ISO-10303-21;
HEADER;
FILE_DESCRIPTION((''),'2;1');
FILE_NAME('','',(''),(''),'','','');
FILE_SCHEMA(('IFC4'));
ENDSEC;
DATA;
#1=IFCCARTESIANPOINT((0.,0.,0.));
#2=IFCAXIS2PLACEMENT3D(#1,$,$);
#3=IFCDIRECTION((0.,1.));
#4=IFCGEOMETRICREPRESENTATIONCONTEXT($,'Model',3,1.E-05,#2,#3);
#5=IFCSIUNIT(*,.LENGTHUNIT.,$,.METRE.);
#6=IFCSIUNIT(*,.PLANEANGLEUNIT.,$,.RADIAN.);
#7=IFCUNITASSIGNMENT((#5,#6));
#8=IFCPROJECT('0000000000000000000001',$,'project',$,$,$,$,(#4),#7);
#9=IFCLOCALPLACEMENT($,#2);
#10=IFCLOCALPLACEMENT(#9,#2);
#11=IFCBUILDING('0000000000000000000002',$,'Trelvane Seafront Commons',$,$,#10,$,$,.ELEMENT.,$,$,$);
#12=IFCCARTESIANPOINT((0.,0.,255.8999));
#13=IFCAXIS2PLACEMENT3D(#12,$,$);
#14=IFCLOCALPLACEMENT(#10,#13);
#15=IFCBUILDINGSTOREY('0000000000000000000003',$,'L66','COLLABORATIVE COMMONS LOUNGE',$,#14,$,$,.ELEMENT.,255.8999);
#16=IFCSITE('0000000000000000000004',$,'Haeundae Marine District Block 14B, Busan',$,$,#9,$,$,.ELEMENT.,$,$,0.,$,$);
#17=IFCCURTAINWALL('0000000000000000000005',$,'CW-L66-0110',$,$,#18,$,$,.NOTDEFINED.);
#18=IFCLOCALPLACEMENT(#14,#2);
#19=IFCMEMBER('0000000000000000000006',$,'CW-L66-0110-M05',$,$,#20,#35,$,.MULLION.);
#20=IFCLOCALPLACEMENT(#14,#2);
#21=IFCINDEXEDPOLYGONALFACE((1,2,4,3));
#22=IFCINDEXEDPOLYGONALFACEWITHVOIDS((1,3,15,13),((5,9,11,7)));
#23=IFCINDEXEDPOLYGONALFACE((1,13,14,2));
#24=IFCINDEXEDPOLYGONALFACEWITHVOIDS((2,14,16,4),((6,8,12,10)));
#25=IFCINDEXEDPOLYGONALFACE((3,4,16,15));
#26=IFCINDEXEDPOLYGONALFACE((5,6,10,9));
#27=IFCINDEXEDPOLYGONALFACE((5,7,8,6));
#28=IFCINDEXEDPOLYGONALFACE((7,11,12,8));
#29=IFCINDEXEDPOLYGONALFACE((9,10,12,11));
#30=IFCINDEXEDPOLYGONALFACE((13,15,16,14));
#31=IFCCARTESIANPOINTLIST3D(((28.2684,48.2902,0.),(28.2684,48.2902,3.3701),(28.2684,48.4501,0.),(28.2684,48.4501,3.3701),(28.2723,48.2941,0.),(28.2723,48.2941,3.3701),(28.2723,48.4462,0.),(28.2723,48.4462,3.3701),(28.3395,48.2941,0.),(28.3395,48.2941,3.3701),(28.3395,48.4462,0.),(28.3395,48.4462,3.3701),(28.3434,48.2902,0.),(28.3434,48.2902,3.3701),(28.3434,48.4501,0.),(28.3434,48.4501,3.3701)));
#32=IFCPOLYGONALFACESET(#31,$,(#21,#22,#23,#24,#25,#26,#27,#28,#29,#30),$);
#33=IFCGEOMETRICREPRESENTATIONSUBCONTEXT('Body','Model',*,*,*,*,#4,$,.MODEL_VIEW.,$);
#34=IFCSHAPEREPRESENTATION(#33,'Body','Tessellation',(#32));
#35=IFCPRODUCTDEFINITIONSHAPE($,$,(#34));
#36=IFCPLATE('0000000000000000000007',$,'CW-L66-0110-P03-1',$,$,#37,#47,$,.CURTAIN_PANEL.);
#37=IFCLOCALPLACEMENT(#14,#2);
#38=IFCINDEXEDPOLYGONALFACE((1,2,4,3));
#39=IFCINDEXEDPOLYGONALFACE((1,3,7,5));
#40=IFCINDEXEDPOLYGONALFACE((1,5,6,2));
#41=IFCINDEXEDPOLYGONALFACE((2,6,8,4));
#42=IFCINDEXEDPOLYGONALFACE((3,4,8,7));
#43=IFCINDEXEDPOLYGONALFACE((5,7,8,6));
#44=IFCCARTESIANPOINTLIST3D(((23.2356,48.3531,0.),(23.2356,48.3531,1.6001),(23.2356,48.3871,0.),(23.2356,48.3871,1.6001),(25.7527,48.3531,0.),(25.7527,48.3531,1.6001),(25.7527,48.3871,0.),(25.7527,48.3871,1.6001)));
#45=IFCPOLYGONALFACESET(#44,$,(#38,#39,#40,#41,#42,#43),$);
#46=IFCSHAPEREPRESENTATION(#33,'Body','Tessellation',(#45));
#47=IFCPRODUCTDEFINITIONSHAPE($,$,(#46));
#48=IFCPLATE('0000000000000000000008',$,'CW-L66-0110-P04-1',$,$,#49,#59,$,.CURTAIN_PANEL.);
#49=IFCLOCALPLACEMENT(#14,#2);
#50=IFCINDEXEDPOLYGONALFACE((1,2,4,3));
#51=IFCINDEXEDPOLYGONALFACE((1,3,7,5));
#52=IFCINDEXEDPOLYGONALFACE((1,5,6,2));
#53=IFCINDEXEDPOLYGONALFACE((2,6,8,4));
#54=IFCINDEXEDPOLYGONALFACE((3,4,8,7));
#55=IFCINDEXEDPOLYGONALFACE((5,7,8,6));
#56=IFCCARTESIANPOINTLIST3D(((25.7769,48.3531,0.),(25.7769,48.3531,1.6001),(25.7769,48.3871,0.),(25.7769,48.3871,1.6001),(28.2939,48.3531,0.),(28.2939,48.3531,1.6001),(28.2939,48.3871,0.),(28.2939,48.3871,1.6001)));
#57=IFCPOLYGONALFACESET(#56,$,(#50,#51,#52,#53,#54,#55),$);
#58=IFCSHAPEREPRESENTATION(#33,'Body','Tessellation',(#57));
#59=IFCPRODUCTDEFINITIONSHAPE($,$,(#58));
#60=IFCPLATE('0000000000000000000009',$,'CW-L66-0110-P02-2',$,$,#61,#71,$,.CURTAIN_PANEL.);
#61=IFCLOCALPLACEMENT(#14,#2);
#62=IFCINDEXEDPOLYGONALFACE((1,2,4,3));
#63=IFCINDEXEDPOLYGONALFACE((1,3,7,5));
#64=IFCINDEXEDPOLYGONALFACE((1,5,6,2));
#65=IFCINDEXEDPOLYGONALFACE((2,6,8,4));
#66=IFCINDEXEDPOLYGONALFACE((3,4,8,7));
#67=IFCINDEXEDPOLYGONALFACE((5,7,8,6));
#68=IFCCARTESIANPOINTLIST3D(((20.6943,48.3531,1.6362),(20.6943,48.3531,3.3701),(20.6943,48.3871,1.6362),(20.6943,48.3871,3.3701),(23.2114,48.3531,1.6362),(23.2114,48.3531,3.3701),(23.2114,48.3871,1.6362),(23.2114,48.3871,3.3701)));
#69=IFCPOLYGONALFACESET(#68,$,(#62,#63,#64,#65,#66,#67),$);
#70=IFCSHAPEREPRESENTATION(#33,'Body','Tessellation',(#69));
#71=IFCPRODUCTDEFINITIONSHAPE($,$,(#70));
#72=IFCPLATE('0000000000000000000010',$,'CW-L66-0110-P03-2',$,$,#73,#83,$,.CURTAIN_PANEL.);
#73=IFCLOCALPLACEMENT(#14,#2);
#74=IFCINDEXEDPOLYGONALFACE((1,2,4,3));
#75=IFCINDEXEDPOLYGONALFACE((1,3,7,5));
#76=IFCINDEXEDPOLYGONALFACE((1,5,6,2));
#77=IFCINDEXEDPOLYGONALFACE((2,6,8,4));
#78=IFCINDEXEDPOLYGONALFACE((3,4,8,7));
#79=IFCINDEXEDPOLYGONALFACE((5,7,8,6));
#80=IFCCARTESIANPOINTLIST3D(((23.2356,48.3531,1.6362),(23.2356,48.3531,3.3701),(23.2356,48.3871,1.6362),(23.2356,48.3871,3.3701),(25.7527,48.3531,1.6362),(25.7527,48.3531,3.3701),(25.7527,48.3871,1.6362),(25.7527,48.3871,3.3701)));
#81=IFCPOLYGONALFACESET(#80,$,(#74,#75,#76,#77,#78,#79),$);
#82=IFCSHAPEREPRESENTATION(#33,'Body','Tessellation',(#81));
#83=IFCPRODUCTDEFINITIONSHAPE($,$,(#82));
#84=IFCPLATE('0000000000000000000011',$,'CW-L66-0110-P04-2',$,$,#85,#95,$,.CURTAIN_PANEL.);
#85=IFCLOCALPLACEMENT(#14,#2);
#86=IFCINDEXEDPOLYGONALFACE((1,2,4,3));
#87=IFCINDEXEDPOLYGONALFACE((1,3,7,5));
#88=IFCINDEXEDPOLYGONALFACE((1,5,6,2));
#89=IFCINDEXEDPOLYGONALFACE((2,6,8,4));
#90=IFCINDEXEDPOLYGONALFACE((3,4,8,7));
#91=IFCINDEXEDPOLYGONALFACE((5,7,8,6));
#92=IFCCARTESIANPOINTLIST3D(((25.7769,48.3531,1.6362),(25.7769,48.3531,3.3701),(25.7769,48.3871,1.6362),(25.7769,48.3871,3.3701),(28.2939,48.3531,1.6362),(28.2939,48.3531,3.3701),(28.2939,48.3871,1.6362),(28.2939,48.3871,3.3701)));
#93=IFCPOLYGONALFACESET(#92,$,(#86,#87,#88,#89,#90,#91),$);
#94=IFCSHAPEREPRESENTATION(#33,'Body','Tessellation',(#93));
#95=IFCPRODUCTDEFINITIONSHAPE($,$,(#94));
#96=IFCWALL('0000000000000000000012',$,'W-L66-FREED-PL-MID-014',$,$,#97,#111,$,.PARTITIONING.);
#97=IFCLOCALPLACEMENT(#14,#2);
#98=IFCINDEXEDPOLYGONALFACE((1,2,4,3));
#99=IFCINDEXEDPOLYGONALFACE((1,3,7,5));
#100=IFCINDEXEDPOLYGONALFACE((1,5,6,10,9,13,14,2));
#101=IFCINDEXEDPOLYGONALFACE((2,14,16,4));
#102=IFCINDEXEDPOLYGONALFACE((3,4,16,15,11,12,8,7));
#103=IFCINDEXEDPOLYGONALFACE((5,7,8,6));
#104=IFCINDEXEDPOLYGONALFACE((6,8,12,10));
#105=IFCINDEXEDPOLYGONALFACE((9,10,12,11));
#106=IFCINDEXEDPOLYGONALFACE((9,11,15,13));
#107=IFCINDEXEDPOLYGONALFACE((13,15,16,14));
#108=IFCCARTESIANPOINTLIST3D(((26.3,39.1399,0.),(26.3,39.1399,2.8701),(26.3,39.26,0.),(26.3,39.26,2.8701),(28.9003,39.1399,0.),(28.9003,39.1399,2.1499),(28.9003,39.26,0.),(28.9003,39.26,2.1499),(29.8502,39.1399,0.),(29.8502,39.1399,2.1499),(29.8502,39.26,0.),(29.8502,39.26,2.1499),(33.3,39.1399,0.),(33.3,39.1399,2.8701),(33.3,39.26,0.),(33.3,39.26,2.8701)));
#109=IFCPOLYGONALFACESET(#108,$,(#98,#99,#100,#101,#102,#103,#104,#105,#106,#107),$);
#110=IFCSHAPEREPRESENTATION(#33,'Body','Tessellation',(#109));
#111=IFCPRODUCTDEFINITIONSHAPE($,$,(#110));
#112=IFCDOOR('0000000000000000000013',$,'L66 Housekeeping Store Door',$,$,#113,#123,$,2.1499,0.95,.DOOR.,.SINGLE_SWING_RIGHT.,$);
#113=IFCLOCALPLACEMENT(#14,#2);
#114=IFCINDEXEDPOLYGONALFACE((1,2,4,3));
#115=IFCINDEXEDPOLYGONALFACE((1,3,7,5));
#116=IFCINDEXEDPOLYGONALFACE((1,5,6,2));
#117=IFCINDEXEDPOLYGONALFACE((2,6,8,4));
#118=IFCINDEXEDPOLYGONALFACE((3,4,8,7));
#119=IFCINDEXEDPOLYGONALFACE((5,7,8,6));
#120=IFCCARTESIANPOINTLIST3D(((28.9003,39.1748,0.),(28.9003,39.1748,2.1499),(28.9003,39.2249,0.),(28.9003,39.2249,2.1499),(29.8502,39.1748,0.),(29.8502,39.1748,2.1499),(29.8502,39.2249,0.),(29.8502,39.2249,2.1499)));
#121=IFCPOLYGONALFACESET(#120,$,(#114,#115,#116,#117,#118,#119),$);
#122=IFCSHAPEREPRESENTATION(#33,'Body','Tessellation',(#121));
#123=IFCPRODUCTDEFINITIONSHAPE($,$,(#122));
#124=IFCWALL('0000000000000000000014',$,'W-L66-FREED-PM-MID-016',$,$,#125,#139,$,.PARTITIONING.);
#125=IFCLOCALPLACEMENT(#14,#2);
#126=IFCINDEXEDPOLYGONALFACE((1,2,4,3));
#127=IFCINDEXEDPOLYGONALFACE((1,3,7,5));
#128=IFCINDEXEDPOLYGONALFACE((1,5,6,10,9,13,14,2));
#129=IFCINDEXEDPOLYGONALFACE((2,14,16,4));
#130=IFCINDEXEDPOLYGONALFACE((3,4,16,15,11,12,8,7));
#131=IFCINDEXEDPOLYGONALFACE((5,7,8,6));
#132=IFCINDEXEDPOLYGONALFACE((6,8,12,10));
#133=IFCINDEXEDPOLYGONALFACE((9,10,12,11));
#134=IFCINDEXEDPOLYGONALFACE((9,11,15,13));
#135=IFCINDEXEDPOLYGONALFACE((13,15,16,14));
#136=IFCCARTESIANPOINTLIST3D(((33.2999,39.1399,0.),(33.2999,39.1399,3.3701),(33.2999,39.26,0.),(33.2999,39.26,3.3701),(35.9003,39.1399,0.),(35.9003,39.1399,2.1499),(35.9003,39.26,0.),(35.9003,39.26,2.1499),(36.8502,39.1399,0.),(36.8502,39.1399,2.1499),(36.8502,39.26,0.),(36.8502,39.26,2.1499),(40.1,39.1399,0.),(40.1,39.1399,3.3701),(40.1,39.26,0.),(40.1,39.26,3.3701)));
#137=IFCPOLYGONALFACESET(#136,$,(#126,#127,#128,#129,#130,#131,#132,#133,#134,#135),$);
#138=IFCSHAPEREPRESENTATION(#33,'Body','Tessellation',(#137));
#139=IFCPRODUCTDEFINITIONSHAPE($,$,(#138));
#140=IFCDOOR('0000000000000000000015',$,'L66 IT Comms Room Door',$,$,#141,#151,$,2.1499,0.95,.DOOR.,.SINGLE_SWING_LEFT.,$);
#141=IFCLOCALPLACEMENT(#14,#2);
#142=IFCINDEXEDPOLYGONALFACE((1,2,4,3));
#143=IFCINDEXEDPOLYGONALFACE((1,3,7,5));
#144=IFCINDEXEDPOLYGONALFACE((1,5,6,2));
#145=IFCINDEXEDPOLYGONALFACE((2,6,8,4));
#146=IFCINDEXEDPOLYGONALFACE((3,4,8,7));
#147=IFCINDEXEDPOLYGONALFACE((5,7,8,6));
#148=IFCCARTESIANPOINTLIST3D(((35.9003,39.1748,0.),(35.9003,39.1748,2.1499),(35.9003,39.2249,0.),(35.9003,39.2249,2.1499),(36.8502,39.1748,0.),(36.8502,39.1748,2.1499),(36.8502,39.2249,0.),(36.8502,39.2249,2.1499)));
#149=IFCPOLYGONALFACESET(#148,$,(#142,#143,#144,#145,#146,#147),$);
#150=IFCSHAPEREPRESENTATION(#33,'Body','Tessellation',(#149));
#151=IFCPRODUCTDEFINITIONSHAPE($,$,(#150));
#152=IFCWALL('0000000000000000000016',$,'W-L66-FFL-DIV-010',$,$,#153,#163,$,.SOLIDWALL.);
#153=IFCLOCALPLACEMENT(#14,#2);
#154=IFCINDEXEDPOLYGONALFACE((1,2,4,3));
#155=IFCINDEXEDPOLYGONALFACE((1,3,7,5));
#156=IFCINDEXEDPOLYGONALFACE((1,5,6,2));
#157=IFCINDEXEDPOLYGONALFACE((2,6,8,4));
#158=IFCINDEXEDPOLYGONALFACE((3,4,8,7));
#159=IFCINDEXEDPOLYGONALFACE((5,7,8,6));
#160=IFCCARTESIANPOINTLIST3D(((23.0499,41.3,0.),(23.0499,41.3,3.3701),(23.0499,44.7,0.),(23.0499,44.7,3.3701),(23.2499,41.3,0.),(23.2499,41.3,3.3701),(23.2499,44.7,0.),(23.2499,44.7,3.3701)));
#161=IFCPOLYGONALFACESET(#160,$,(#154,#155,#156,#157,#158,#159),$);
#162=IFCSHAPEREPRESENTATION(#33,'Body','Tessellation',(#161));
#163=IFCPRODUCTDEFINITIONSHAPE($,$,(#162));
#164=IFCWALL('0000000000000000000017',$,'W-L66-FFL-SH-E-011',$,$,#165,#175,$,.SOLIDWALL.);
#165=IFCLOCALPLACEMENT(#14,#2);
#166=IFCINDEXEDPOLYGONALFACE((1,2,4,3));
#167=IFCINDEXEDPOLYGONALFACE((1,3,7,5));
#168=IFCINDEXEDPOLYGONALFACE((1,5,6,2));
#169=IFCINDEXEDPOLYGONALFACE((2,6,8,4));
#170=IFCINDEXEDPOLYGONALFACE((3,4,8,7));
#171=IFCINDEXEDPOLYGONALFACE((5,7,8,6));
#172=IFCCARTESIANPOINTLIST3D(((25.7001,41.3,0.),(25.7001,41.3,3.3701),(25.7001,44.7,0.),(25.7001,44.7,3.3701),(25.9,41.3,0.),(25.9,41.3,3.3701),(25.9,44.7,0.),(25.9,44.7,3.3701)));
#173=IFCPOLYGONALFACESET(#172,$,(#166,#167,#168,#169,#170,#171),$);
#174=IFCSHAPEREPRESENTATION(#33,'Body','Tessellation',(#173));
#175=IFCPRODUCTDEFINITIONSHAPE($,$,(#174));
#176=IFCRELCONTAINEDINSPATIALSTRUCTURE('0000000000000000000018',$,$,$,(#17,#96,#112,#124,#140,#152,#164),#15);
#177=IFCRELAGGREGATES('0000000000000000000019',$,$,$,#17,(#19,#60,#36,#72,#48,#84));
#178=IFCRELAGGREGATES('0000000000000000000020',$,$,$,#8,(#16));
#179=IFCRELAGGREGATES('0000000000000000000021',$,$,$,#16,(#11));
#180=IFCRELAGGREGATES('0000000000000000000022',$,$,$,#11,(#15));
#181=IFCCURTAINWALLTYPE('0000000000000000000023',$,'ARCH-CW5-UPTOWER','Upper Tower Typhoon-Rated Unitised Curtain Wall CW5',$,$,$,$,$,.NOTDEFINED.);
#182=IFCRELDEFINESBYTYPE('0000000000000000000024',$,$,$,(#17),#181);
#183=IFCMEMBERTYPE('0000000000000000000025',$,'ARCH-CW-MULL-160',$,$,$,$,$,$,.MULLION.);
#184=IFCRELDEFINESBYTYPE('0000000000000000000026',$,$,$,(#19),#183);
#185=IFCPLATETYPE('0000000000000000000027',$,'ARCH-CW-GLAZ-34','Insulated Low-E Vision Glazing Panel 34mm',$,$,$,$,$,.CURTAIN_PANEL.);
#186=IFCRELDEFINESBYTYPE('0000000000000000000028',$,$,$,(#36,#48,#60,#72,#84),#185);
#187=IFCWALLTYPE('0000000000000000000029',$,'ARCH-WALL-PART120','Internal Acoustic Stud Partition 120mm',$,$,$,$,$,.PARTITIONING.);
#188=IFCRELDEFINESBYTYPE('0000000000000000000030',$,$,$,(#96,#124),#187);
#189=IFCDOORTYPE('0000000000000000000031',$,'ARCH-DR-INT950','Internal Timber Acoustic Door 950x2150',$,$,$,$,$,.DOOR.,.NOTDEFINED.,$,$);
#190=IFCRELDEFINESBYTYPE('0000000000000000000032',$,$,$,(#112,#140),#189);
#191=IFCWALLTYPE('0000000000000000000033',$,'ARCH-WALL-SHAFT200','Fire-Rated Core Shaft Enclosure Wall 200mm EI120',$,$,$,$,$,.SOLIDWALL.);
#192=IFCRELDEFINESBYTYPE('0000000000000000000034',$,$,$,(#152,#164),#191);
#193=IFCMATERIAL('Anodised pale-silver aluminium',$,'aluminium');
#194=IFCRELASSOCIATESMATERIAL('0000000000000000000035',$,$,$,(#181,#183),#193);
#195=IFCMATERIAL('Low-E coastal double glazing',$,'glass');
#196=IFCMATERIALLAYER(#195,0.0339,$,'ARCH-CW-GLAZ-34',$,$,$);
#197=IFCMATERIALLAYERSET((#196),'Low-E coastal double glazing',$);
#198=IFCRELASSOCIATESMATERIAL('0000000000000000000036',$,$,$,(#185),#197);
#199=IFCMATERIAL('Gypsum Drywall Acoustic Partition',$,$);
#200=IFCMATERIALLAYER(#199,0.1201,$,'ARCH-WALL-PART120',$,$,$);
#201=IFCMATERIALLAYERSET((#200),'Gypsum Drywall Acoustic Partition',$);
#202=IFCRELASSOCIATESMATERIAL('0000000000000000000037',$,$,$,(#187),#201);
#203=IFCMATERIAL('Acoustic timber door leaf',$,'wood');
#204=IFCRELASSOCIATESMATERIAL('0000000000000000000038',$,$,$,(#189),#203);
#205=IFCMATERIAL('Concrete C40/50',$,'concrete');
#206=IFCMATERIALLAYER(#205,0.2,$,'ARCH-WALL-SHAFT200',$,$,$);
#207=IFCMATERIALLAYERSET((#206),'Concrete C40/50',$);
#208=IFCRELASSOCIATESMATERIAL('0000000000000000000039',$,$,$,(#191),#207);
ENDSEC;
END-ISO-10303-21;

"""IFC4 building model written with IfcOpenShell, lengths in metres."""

from ifc_helpers import new_model, si_unit, direction, frame, frame_2d, origin, origin_2d, place, context, subcontext, project, spatial, rectangle, hollow_rectangle, extrude, source, transform, mapped, material, layer, layer_set, material_profile, profile_set, type_object, element, fill, aggregate, save


model = new_model("IFC4")

# Units and contexts
model_context = context("Model", 3, precision=1e-05, world=origin(), true_north=direction((0.0, 1.0)))
body_context = subcontext(model_context, "Body", "Model", "MODEL_VIEW")
ifc_project = project(units=[si_unit("LENGTHUNIT", "METRE"), si_unit("PLANEANGLEUNIT", "RADIAN")], contexts=[model_context])

# Site, building, storey
site_placement = place(None, origin())
site = spatial("IfcSite", under=ifc_project, at=site_placement, Name="Haeundae Marine District Block 14B, Busan", CompositionType="ELEMENT", RefElevation=0.0)
building_placement = place(site_placement, origin())
building = spatial("IfcBuilding", under=site, at=building_placement, Name="Trelvane Seafront Commons", CompositionType="ELEMENT")
storey_placement = place(building_placement, frame((0.0, 0.0, 255.8999)))
storey = spatial("IfcBuildingStorey", under=building, at=storey_placement, Name="L66", Description="COLLABORATIVE COMMONS LOUNGE", CompositionType="ELEMENT", Elevation=255.8999)

# Curtain wall, member, plates
ifc_material_1 = material(Name="Anodised pale-silver aluminium", Category="aluminium")
curtain_wall_type = type_object("IfcCurtainWallType", Name="ARCH-CW5-UPTOWER", Description="Upper Tower Typhoon-Rated Unitised Curtain Wall CW5", PredefinedType="NOTDEFINED", material=ifc_material_1)
curtain_wall_placement = place(storey_placement, origin())
curtain_wall = element("IfcCurtainWall", 1, at=curtain_wall_placement, inside=storey, type_object=curtain_wall_type, Name="CW-L66-0110", PredefinedType="NOTDEFINED")
ifc_material_profile_1 = material_profile(ifc_material_1, hollow_rectangle(XDim=0.075, YDim=0.1599, WallThickness=0.0039, at=origin_2d()), Name="MULL-75x160x4")
ifc_profile_set_1 = profile_set([ifc_material_profile_1], Name="Anodised pale-silver aluminium")
member_type_1 = type_object("IfcMemberType", Name="ARCH-CW-MULL-160", PredefinedType="MULLION", material=ifc_profile_set_1)
shared_shape_1 = source(origin(), body_context, "Body", "SweptSolid", [
    extrude(hollow_rectangle(XDim=0.075, YDim=0.1599, WallThickness=0.0039, at=origin_2d()), origin(), (0.0, 0.0, 1.0), 3.3701),
])
member_1_placement = place(storey_placement, frame((28.3059, 48.3701, 0.0), z_axis=(0.0, 0.0, 1.0), x_axis=(1.0, 0.0, 0.0)))
member_1 = element("IfcMember", 2, at=member_1_placement, type_object=member_type_1, Name="CW-L66-0110-M05", PredefinedType="MULLION", context=body_context, shape_type="MappedRepresentation", body=[
    mapped(shared_shape_1, transform((0.0, 0.0, 0.0), x_axis=(1.0, 0.0, 0.0), y_axis=(0.0, 1.0, 0.0), z_axis=(0.0, 0.0, 1.0), scale=1.0)),
])
ifc_material_2 = material(Name="Low-E coastal double glazing", Category="glass")
ifc_layer_1 = layer(ifc_material_2, 0.0339, Name="ARCH-CW-GLAZ-34")
ifc_layer_set_1 = layer_set([ifc_layer_1], Name="Low-E coastal double glazing")
plate_type = type_object("IfcPlateType", Name="ARCH-CW-GLAZ-34", Description="Insulated Low-E Vision Glazing Panel 34mm", PredefinedType="CURTAIN_PANEL", material=ifc_layer_set_1)
shared_shape_2 = source(origin(), body_context, "Body", "SweptSolid", [
    extrude(rectangle(XDim=2.5171, YDim=0.0339, at=origin_2d()), origin(), (0.0, 0.0, 1.0), 1.6001),
])
plate_1_placement = place(storey_placement, frame((24.4941, 48.3701, 0.0), z_axis=(0.0, 0.0, 1.0), x_axis=(1.0, 0.0, 0.0)))
plate_1 = element("IfcPlate", 3, at=plate_1_placement, type_object=plate_type, Name="CW-L66-0110-P03-1", PredefinedType="CURTAIN_PANEL", context=body_context, shape_type="MappedRepresentation", body=[
    mapped(shared_shape_2, transform((0.0, 0.0, 0.0), x_axis=(1.0, 0.0, 0.0), y_axis=(0.0, 1.0, 0.0), z_axis=(0.0, 0.0, 1.0), scale=1.0)),
])
plate_2_placement = place(storey_placement, frame((27.0354, 48.3701, 0.0), z_axis=(0.0, 0.0, 1.0), x_axis=(1.0, 0.0, 0.0)))
plate_2 = element("IfcPlate", 4, at=plate_2_placement, type_object=plate_type, Name="CW-L66-0110-P04-1", PredefinedType="CURTAIN_PANEL", context=body_context, shape_type="MappedRepresentation", body=[
    mapped(shared_shape_2, transform((0.0, 0.0, 0.0), x_axis=(1.0, 0.0, 0.0), y_axis=(0.0, 1.0, 0.0), z_axis=(0.0, 0.0, 1.0), scale=1.0)),
])
shared_shape_3 = source(origin(), body_context, "Body", "SweptSolid", [
    extrude(rectangle(XDim=2.5171, YDim=0.0339, at=origin_2d()), origin(), (0.0, 0.0, 1.0), 1.7339),
])
plate_3_placement = place(storey_placement, frame((21.9529, 48.3701, 1.6362), z_axis=(0.0, 0.0, 1.0), x_axis=(1.0, 0.0, 0.0)))
plate_3 = element("IfcPlate", 5, at=plate_3_placement, type_object=plate_type, Name="CW-L66-0110-P02-2", PredefinedType="CURTAIN_PANEL", context=body_context, shape_type="MappedRepresentation", body=[
    mapped(shared_shape_3, transform((0.0, 0.0, 0.0), x_axis=(1.0, 0.0, 0.0), y_axis=(0.0, 1.0, 0.0), z_axis=(0.0, 0.0, 1.0), scale=1.0)),
])
plate_4_placement = place(storey_placement, frame((24.4941, 48.3701, 1.6362), z_axis=(0.0, 0.0, 1.0), x_axis=(1.0, 0.0, 0.0)))
plate_4 = element("IfcPlate", 6, at=plate_4_placement, type_object=plate_type, Name="CW-L66-0110-P03-2", PredefinedType="CURTAIN_PANEL", context=body_context, shape_type="MappedRepresentation", body=[
    mapped(shared_shape_3, transform((0.0, 0.0, 0.0), x_axis=(1.0, 0.0, 0.0), y_axis=(0.0, 1.0, 0.0), z_axis=(0.0, 0.0, 1.0), scale=1.0)),
])
plate_5_placement = place(storey_placement, frame((27.0354, 48.3701, 1.6362), z_axis=(0.0, 0.0, 1.0), x_axis=(1.0, 0.0, 0.0)))
plate_5 = element("IfcPlate", 7, at=plate_5_placement, type_object=plate_type, Name="CW-L66-0110-P04-2", PredefinedType="CURTAIN_PANEL", context=body_context, shape_type="MappedRepresentation", body=[
    mapped(shared_shape_3, transform((0.0, 0.0, 0.0), x_axis=(1.0, 0.0, 0.0), y_axis=(0.0, 1.0, 0.0), z_axis=(0.0, 0.0, 1.0), scale=1.0)),
])
aggregate(curtain_wall, [member_1, plate_3, plate_1, plate_4, plate_2, plate_5])

# Walls, openings, doors
ifc_material_3 = material(Name="Gypsum Drywall Acoustic Partition")
ifc_layer_2 = layer(ifc_material_3, 0.1201, Name="ARCH-WALL-PART120")
ifc_layer_set_2 = layer_set([ifc_layer_2], Name="Gypsum Drywall Acoustic Partition")
wall_type_1 = type_object("IfcWallType", Name="ARCH-WALL-PART120", Description="Internal Acoustic Stud Partition 120mm", PredefinedType="PARTITIONING", material=ifc_layer_set_2)
wall_1_placement = place(storey_placement, frame((26.3, 39.2, 0.0), z_axis=(0.0, 0.0, 1.0), x_axis=(1.0, 0.0, 0.0)))
wall_1 = element("IfcWall", 8, at=wall_1_placement, inside=storey, type_object=wall_type_1, Name="W-L66-FREED-PL-MID-014", PredefinedType="PARTITIONING", context=body_context, shape_type="SweptSolid", body=[
    extrude(rectangle(XDim=7.0, YDim=0.1201, at=frame_2d((3.5, 0.0))), origin(), (0.0, 0.0, 1.0), 2.8701),
])
opening_1_placement = place(wall_1_placement, frame((2.6001, 0.0, 0.0)))
opening_1 = element("IfcOpeningElement", 9, at=opening_1_placement, cuts=wall_1, PredefinedType="OPENING", context=body_context, shape_type="SweptSolid", body=[
    extrude(rectangle(XDim=0.95, YDim=2.1499, at=frame_2d((0.4751, 1.075))), frame((0.0, 0.0701, 0.0), z_axis=(0.0, -1.0, 0.0), x_axis=(1.0, 0.0, 0.0)), (0.0, 0.0, 1.0), 0.1401),
])
ifc_material_4 = material(Name="Acoustic timber door leaf", Category="wood")
door_type = type_object("IfcDoorType", Name="ARCH-DR-INT950", Description="Internal Timber Acoustic Door 950x2150", OperationType="NOTDEFINED", PredefinedType="DOOR", material=ifc_material_4)
shared_shape_4 = source(origin(), body_context, "Body", "SweptSolid", [
    extrude(rectangle(XDim=0.95, YDim=2.1499, at=frame_2d((0.4751, 1.075))), frame((0.0, 0.0249, 0.0), z_axis=(0.0, -1.0, 0.0), x_axis=(1.0, 0.0, 0.0)), (0.0, 0.0, 1.0), 0.05),
])
door_1_placement = place(opening_1_placement, origin())
door_1 = element("IfcDoor", 10, at=door_1_placement, inside=storey, type_object=door_type, Name="L66 Housekeeping Store Door", OperationType="SINGLE_SWING_RIGHT", OverallHeight=2.1499, OverallWidth=0.95, PredefinedType="DOOR", context=body_context, shape_type="MappedRepresentation", body=[
    mapped(shared_shape_4, transform((0.0, 0.0, 0.0), x_axis=(1.0, 0.0, 0.0), y_axis=(0.0, 1.0, 0.0), z_axis=(0.0, 0.0, 1.0), scale=1.0)),
])
fill(opening_1, door_1)
wall_2_placement = place(storey_placement, frame((33.3, 39.2, 0.0), z_axis=(0.0, 0.0, 1.0), x_axis=(1.0, 0.0, 0.0)))
wall_2 = element("IfcWall", 11, at=wall_2_placement, inside=storey, type_object=wall_type_1, Name="W-L66-FREED-PM-MID-016", PredefinedType="PARTITIONING", context=body_context, shape_type="SweptSolid", body=[
    extrude(rectangle(XDim=6.8, YDim=0.1201, at=frame_2d((3.3999, 0.0))), origin(), (0.0, 0.0, 1.0), 3.3701),
])
opening_2_placement = place(wall_2_placement, frame((2.6001, 0.0, 0.0)))
opening_2 = element("IfcOpeningElement", 12, at=opening_2_placement, cuts=wall_2, PredefinedType="OPENING", context=body_context, shape_type="SweptSolid", body=[
    extrude(rectangle(XDim=0.95, YDim=2.1499, at=frame_2d((0.4751, 1.075))), frame((0.0, 0.0701, 0.0), z_axis=(0.0, -1.0, 0.0), x_axis=(1.0, 0.0, 0.0)), (0.0, 0.0, 1.0), 0.1401),
])
door_2_placement = place(opening_2_placement, origin())
door_2 = element("IfcDoor", 13, at=door_2_placement, inside=storey, type_object=door_type, Name="L66 IT Comms Room Door", OperationType="SINGLE_SWING_LEFT", OverallHeight=2.1499, OverallWidth=0.95, PredefinedType="DOOR", context=body_context, shape_type="MappedRepresentation", body=[
    mapped(shared_shape_4, transform((0.0, 0.0, 0.0), x_axis=(1.0, 0.0, 0.0), y_axis=(0.0, 1.0, 0.0), z_axis=(0.0, 0.0, 1.0), scale=1.0)),
])
fill(opening_2, door_2)

# Walls
ifc_material_5 = material(Name="Concrete C40/50", Category="concrete")
ifc_layer_3 = layer(ifc_material_5, 0.2, Name="ARCH-WALL-SHAFT200")
ifc_layer_set_3 = layer_set([ifc_layer_3], Name="Concrete C40/50")
wall_type_2 = type_object("IfcWallType", Name="ARCH-WALL-SHAFT200", Description="Fire-Rated Core Shaft Enclosure Wall 200mm EI120", PredefinedType="SOLIDWALL", material=ifc_layer_set_3)
for number, where, z_axis, x_axis, name in (
    (14, (23.1499, 41.3, 0.0), (0.0, 0.0, 1.0), (0.0, 1.0, 0.0), "W-L66-FFL-DIV-010"),
    (15, (25.8, 41.3, 0.0), (0.0, 0.0, 1.0), (0.0, 1.0, 0.0), "W-L66-FFL-SH-E-011"),
):
    element("IfcWall", number, at=place(storey_placement, frame(where, z_axis=z_axis, x_axis=x_axis)), inside=storey, type_object=wall_type_2, Name=name, PredefinedType="SOLIDWALL", context=body_context, shape_type="SweptSolid", body=[
        extrude(rectangle(XDim=3.3999, YDim=0.2, at=frame_2d((1.7, 0.0))), origin(), (0.0, 0.0, 1.0), 3.3701),
    ])

save(model, "model.ifc")
